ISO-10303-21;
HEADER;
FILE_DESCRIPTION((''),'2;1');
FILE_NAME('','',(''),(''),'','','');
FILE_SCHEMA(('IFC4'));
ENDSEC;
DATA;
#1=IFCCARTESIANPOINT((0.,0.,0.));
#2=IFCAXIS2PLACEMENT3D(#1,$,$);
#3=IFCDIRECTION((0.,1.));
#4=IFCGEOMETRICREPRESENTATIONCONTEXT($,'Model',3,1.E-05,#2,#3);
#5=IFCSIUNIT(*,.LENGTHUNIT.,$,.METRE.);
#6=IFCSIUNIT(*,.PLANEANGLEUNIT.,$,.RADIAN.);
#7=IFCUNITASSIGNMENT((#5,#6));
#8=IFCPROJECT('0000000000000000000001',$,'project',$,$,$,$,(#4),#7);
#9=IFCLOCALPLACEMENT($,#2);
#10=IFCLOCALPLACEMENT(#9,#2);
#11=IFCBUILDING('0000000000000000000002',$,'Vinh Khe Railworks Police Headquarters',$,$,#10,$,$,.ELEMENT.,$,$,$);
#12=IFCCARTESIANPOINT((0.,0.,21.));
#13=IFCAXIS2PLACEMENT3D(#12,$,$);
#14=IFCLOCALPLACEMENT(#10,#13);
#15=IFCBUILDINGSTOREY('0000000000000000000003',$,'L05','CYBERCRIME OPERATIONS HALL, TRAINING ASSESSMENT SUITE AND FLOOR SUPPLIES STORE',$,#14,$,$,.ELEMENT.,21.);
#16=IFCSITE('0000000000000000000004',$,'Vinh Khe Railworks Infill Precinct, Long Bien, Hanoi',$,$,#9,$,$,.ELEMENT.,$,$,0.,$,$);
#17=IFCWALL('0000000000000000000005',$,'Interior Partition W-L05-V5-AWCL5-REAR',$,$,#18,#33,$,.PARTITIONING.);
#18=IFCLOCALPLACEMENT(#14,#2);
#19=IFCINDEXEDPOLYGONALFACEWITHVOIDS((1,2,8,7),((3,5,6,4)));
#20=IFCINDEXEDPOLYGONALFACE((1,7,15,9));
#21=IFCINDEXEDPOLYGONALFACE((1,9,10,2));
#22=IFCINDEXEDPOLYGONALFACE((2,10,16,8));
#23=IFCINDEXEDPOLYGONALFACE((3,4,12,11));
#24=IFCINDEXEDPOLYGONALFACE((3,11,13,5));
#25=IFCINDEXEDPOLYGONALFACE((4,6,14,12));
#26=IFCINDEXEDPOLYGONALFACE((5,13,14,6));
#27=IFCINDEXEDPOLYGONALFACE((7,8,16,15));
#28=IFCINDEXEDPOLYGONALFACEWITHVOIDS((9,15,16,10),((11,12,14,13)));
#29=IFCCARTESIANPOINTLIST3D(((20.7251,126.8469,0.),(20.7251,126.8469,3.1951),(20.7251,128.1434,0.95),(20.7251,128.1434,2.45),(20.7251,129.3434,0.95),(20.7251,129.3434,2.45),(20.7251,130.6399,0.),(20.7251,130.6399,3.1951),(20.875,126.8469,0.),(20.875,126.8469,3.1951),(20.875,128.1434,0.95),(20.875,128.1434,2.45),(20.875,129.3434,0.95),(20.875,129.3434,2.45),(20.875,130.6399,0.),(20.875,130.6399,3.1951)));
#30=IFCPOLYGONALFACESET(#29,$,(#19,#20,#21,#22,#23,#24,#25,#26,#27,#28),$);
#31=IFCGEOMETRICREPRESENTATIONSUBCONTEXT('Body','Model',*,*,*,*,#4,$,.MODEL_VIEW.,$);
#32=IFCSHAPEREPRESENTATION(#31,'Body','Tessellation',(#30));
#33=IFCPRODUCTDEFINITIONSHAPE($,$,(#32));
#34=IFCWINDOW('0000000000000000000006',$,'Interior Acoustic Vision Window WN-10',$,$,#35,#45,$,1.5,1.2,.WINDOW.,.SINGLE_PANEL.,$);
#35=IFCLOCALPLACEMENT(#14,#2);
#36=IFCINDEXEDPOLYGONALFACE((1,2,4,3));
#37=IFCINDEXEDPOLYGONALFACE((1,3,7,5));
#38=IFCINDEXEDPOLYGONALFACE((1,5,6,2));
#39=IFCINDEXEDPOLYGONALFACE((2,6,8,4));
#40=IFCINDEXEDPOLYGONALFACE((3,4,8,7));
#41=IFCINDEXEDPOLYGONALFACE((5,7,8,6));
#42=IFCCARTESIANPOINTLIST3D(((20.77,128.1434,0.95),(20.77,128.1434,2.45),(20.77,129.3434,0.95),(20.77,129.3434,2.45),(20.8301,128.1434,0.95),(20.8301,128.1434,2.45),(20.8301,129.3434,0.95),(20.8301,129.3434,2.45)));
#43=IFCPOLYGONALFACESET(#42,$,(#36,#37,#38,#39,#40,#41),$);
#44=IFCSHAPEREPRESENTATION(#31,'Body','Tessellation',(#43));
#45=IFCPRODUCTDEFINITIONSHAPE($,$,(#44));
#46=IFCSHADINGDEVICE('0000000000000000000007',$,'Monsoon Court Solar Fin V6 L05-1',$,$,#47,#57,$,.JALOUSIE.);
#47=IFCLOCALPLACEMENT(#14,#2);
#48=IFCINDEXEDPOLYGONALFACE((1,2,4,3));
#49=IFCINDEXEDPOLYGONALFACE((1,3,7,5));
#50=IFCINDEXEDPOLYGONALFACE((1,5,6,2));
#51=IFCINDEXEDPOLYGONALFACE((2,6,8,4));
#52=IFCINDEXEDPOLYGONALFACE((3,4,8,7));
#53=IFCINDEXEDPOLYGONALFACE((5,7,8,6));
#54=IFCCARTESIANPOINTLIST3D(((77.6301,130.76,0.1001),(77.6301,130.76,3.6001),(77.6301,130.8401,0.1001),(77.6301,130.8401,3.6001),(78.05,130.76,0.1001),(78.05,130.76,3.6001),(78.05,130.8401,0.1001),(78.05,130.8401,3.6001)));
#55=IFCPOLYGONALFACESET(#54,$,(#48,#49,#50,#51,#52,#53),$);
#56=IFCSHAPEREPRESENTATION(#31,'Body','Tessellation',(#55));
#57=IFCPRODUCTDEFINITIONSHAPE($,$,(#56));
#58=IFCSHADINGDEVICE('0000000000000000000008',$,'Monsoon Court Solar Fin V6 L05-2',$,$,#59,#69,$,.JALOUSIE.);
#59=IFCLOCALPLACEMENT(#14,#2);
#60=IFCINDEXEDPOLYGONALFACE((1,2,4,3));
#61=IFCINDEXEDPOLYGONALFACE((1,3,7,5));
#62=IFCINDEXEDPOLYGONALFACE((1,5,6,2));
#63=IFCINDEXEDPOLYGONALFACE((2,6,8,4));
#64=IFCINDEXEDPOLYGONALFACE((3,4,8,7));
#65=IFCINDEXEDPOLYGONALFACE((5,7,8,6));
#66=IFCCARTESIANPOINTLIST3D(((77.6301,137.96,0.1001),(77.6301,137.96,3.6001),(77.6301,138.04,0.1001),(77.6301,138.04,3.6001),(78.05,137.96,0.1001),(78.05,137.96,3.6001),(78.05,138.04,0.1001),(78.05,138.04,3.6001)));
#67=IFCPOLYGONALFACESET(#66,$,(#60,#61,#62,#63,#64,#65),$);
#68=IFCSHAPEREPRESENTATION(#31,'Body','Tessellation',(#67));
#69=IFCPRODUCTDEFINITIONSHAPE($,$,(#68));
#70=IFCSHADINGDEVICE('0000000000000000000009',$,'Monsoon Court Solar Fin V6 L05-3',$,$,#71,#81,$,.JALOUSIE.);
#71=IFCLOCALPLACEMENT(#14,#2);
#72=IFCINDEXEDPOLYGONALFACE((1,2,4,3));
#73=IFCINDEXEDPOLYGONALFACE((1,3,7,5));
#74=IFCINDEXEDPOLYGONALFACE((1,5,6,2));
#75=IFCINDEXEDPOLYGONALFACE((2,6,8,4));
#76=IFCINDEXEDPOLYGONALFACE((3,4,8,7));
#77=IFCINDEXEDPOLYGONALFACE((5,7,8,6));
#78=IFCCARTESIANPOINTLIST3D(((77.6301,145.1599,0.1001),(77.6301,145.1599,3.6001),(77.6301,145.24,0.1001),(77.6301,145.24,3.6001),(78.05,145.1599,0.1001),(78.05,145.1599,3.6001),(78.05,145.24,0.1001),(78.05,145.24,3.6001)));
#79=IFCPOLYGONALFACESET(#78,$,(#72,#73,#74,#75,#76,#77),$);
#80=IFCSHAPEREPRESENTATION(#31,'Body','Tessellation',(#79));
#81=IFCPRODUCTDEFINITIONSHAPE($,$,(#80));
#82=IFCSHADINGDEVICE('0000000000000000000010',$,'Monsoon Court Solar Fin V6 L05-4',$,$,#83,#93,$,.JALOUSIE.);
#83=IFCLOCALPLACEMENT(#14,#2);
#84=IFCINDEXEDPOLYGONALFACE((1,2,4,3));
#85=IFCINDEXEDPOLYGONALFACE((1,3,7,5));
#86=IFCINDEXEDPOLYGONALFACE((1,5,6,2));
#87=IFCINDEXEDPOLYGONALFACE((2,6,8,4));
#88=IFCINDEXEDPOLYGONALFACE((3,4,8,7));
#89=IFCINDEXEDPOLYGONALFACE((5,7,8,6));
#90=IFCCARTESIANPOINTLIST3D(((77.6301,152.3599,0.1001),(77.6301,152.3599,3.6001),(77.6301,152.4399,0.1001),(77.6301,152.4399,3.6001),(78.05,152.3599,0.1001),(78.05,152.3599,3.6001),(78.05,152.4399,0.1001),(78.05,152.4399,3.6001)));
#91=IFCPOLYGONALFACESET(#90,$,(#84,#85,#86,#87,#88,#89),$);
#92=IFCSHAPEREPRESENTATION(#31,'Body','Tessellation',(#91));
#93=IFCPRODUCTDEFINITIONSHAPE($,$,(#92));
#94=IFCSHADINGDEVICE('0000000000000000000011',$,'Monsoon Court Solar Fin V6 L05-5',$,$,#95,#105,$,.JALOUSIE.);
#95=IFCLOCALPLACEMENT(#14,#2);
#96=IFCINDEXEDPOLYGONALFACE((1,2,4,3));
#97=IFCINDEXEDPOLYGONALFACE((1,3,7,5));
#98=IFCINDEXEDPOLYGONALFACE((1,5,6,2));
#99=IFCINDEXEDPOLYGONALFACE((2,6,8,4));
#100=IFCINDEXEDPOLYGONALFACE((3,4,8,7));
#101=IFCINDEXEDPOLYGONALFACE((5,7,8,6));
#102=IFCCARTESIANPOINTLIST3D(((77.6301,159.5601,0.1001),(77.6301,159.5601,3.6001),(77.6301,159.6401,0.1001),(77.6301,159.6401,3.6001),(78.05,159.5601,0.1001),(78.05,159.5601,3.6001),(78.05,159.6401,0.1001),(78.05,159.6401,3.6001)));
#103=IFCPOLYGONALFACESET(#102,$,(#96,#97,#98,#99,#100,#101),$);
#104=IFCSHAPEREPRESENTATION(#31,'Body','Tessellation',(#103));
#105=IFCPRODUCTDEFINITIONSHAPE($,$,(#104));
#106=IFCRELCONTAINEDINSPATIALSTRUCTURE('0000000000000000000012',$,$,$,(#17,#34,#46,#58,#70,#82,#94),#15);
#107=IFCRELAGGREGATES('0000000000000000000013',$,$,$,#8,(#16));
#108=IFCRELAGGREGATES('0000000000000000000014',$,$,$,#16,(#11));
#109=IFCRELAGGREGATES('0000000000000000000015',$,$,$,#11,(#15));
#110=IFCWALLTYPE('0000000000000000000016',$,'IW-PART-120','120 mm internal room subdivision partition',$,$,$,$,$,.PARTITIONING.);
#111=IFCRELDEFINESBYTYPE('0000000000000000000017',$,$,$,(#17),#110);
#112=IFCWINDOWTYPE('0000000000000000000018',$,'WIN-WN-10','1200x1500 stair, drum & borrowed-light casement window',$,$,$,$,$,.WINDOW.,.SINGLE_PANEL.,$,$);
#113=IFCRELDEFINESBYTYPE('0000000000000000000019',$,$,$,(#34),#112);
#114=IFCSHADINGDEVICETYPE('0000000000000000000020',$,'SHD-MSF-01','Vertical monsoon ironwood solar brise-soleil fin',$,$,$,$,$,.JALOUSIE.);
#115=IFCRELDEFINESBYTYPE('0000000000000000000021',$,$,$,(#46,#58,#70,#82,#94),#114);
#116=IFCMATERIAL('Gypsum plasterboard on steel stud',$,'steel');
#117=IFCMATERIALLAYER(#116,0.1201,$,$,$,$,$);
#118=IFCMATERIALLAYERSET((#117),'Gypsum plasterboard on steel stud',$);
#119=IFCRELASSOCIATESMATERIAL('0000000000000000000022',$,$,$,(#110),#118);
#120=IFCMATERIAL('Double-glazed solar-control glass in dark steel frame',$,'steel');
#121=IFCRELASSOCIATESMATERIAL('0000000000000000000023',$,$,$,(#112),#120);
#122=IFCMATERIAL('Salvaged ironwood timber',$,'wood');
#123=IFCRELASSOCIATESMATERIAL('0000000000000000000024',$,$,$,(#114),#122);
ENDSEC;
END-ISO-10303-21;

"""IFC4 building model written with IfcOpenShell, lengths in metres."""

from ifc_helpers import new_model, si_unit, direction, frame, frame_2d, origin, origin_2d, place, context, subcontext, project, spatial, rectangle, extrude, material, layer, layer_set, type_object, element, fill, save


model = new_model("IFC4")

# Units and contexts
model_context = context("Model", 3, precision=1e-05, world=origin(), true_north=direction((0.0, 1.0)))
body_context = subcontext(model_context, "Body", "Model", "MODEL_VIEW")
ifc_project = project(units=[si_unit("LENGTHUNIT", "METRE"), si_unit("PLANEANGLEUNIT", "RADIAN")], contexts=[model_context])

# Site, building, storey
site_placement = place(None, origin())
site = spatial("IfcSite", under=ifc_project, at=site_placement, Name="Vinh Khe Railworks Infill Precinct, Long Bien, Hanoi", CompositionType="ELEMENT", RefElevation=0.0)
building_placement = place(site_placement, origin())
building = spatial("IfcBuilding", under=site, at=building_placement, Name="Vinh Khe Railworks Police Headquarters", CompositionType="ELEMENT")
storey_placement = place(building_placement, frame((0.0, 0.0, 21.0)))
storey = spatial("IfcBuildingStorey", under=building, at=storey_placement, Name="L05", Description="CYBERCRIME OPERATIONS HALL, TRAINING ASSESSMENT SUITE AND FLOOR SUPPLIES STORE", CompositionType="ELEMENT", Elevation=21.0)

# Shared definitions
ifc_material_1 = material(Name="Double-glazed solar-control glass in dark steel frame", Category="steel")

# Wall, opening, window
ifc_material_2 = material(Name="Gypsum plasterboard on steel stud", Category="steel")
ifc_layer_1 = layer(ifc_material_2, 0.1201)
ifc_layer_set_1 = layer_set([ifc_layer_1], Name="Gypsum plasterboard on steel stud")
wall_type_1 = type_object("IfcWallType", Name="IW-PART-120", Description="120 mm internal room subdivision partition", PredefinedType="PARTITIONING", material=ifc_layer_set_1)
wall_1_placement = place(storey_placement, frame((20.8, 126.8469, 0.0), z_axis=(0.0, 0.0, 1.0), x_axis=(0.0, 1.0, 0.0)))
wall_1 = element("IfcWall", 1, at=wall_1_placement, inside=storey, type_object=wall_type_1, Name="Interior Partition W-L05-V5-AWCL5-REAR", PredefinedType="PARTITIONING", context=body_context, shape_type="SweptSolid", body=[
    extrude(rectangle(XDim=3.793, YDim=0.1499, at=frame_2d((1.8965, 0.0))), origin(), (0.0, 0.0, 1.0), 3.1951),
])
opening_1_placement = place(wall_1_placement, frame((1.2964, 0.0, 0.95)))
opening_1 = element("IfcOpeningElement", 2, at=opening_1_placement, cuts=wall_1, PredefinedType="OPENING", context=body_context, shape_type="SweptSolid", body=[
    extrude(rectangle(XDim=1.2, YDim=1.5, at=frame_2d((0.6001, 0.75))), frame((0.0, 0.0898, 0.0), z_axis=(0.0, -1.0, 0.0), x_axis=(1.0, 0.0, 0.0)), (0.0, 0.0, 1.0), 0.1797),
])
window_type_1 = type_object("IfcWindowType", Name="WIN-WN-10", Description="1200x1500 stair, drum & borrowed-light casement window", PartitioningType="SINGLE_PANEL", PredefinedType="WINDOW", material=ifc_material_1)
window_1_placement = place(opening_1_placement, origin())
window_1 = element("IfcWindow", 3, at=window_1_placement, inside=storey, type_object=window_type_1, Name="Interior Acoustic Vision Window WN-10", OverallHeight=1.5, OverallWidth=1.2, PartitioningType="SINGLE_PANEL", PredefinedType="WINDOW", context=body_context, shape_type="SweptSolid", body=[
    extrude(rectangle(XDim=1.2, YDim=1.5, at=frame_2d((0.6001, 0.75))), frame((0.0, 0.03, 0.0), z_axis=(0.0, -1.0, 0.0), x_axis=(1.0, 0.0, 0.0)), (0.0, 0.0, 1.0), 0.0601),
])
fill(opening_1, window_1)

# Shading devices
ifc_material_3 = material(Name="Salvaged ironwood timber", Category="wood")
shading_device_type = type_object("IfcShadingDeviceType", Name="SHD-MSF-01", Description="Vertical monsoon ironwood solar brise-soleil fin", PredefinedType="JALOUSIE", material=ifc_material_3)
for number, where, z_axis, x_axis, name in (
    (4, (77.8401, 130.8, 0.1001), (0.0, 0.0, 1.0), (1.0, 0.0, 0.0), "Monsoon Court Solar Fin V6 L05-1"),
    (5, (77.8401, 138.0, 0.1001), (0.0, 0.0, 1.0), (1.0, 0.0, 0.0), "Monsoon Court Solar Fin V6 L05-2"),
    (6, (77.8401, 145.2, 0.1001), (0.0, 0.0, 1.0), (1.0, 0.0, 0.0), "Monsoon Court Solar Fin V6 L05-3"),
    (7, (77.8401, 152.3999, 0.1001), (0.0, 0.0, 1.0), (1.0, 0.0, 0.0), "Monsoon Court Solar Fin V6 L05-4"),
    (8, (77.8401, 159.6001, 0.1001), (0.0, 0.0, 1.0), (1.0, 0.0, 0.0), "Monsoon Court Solar Fin V6 L05-5"),
):
    element("IfcShadingDevice", number, at=place(storey_placement, frame(where, z_axis=z_axis, x_axis=x_axis)), inside=storey, type_object=shading_device_type, Name=name, PredefinedType="JALOUSIE", context=body_context, shape_type="SweptSolid", body=[
        extrude(rectangle(XDim=0.4199, YDim=0.0801, at=origin_2d()), origin(), (0.0, 0.0, 1.0), 3.5),
    ])

save(model, "model.ifc")
